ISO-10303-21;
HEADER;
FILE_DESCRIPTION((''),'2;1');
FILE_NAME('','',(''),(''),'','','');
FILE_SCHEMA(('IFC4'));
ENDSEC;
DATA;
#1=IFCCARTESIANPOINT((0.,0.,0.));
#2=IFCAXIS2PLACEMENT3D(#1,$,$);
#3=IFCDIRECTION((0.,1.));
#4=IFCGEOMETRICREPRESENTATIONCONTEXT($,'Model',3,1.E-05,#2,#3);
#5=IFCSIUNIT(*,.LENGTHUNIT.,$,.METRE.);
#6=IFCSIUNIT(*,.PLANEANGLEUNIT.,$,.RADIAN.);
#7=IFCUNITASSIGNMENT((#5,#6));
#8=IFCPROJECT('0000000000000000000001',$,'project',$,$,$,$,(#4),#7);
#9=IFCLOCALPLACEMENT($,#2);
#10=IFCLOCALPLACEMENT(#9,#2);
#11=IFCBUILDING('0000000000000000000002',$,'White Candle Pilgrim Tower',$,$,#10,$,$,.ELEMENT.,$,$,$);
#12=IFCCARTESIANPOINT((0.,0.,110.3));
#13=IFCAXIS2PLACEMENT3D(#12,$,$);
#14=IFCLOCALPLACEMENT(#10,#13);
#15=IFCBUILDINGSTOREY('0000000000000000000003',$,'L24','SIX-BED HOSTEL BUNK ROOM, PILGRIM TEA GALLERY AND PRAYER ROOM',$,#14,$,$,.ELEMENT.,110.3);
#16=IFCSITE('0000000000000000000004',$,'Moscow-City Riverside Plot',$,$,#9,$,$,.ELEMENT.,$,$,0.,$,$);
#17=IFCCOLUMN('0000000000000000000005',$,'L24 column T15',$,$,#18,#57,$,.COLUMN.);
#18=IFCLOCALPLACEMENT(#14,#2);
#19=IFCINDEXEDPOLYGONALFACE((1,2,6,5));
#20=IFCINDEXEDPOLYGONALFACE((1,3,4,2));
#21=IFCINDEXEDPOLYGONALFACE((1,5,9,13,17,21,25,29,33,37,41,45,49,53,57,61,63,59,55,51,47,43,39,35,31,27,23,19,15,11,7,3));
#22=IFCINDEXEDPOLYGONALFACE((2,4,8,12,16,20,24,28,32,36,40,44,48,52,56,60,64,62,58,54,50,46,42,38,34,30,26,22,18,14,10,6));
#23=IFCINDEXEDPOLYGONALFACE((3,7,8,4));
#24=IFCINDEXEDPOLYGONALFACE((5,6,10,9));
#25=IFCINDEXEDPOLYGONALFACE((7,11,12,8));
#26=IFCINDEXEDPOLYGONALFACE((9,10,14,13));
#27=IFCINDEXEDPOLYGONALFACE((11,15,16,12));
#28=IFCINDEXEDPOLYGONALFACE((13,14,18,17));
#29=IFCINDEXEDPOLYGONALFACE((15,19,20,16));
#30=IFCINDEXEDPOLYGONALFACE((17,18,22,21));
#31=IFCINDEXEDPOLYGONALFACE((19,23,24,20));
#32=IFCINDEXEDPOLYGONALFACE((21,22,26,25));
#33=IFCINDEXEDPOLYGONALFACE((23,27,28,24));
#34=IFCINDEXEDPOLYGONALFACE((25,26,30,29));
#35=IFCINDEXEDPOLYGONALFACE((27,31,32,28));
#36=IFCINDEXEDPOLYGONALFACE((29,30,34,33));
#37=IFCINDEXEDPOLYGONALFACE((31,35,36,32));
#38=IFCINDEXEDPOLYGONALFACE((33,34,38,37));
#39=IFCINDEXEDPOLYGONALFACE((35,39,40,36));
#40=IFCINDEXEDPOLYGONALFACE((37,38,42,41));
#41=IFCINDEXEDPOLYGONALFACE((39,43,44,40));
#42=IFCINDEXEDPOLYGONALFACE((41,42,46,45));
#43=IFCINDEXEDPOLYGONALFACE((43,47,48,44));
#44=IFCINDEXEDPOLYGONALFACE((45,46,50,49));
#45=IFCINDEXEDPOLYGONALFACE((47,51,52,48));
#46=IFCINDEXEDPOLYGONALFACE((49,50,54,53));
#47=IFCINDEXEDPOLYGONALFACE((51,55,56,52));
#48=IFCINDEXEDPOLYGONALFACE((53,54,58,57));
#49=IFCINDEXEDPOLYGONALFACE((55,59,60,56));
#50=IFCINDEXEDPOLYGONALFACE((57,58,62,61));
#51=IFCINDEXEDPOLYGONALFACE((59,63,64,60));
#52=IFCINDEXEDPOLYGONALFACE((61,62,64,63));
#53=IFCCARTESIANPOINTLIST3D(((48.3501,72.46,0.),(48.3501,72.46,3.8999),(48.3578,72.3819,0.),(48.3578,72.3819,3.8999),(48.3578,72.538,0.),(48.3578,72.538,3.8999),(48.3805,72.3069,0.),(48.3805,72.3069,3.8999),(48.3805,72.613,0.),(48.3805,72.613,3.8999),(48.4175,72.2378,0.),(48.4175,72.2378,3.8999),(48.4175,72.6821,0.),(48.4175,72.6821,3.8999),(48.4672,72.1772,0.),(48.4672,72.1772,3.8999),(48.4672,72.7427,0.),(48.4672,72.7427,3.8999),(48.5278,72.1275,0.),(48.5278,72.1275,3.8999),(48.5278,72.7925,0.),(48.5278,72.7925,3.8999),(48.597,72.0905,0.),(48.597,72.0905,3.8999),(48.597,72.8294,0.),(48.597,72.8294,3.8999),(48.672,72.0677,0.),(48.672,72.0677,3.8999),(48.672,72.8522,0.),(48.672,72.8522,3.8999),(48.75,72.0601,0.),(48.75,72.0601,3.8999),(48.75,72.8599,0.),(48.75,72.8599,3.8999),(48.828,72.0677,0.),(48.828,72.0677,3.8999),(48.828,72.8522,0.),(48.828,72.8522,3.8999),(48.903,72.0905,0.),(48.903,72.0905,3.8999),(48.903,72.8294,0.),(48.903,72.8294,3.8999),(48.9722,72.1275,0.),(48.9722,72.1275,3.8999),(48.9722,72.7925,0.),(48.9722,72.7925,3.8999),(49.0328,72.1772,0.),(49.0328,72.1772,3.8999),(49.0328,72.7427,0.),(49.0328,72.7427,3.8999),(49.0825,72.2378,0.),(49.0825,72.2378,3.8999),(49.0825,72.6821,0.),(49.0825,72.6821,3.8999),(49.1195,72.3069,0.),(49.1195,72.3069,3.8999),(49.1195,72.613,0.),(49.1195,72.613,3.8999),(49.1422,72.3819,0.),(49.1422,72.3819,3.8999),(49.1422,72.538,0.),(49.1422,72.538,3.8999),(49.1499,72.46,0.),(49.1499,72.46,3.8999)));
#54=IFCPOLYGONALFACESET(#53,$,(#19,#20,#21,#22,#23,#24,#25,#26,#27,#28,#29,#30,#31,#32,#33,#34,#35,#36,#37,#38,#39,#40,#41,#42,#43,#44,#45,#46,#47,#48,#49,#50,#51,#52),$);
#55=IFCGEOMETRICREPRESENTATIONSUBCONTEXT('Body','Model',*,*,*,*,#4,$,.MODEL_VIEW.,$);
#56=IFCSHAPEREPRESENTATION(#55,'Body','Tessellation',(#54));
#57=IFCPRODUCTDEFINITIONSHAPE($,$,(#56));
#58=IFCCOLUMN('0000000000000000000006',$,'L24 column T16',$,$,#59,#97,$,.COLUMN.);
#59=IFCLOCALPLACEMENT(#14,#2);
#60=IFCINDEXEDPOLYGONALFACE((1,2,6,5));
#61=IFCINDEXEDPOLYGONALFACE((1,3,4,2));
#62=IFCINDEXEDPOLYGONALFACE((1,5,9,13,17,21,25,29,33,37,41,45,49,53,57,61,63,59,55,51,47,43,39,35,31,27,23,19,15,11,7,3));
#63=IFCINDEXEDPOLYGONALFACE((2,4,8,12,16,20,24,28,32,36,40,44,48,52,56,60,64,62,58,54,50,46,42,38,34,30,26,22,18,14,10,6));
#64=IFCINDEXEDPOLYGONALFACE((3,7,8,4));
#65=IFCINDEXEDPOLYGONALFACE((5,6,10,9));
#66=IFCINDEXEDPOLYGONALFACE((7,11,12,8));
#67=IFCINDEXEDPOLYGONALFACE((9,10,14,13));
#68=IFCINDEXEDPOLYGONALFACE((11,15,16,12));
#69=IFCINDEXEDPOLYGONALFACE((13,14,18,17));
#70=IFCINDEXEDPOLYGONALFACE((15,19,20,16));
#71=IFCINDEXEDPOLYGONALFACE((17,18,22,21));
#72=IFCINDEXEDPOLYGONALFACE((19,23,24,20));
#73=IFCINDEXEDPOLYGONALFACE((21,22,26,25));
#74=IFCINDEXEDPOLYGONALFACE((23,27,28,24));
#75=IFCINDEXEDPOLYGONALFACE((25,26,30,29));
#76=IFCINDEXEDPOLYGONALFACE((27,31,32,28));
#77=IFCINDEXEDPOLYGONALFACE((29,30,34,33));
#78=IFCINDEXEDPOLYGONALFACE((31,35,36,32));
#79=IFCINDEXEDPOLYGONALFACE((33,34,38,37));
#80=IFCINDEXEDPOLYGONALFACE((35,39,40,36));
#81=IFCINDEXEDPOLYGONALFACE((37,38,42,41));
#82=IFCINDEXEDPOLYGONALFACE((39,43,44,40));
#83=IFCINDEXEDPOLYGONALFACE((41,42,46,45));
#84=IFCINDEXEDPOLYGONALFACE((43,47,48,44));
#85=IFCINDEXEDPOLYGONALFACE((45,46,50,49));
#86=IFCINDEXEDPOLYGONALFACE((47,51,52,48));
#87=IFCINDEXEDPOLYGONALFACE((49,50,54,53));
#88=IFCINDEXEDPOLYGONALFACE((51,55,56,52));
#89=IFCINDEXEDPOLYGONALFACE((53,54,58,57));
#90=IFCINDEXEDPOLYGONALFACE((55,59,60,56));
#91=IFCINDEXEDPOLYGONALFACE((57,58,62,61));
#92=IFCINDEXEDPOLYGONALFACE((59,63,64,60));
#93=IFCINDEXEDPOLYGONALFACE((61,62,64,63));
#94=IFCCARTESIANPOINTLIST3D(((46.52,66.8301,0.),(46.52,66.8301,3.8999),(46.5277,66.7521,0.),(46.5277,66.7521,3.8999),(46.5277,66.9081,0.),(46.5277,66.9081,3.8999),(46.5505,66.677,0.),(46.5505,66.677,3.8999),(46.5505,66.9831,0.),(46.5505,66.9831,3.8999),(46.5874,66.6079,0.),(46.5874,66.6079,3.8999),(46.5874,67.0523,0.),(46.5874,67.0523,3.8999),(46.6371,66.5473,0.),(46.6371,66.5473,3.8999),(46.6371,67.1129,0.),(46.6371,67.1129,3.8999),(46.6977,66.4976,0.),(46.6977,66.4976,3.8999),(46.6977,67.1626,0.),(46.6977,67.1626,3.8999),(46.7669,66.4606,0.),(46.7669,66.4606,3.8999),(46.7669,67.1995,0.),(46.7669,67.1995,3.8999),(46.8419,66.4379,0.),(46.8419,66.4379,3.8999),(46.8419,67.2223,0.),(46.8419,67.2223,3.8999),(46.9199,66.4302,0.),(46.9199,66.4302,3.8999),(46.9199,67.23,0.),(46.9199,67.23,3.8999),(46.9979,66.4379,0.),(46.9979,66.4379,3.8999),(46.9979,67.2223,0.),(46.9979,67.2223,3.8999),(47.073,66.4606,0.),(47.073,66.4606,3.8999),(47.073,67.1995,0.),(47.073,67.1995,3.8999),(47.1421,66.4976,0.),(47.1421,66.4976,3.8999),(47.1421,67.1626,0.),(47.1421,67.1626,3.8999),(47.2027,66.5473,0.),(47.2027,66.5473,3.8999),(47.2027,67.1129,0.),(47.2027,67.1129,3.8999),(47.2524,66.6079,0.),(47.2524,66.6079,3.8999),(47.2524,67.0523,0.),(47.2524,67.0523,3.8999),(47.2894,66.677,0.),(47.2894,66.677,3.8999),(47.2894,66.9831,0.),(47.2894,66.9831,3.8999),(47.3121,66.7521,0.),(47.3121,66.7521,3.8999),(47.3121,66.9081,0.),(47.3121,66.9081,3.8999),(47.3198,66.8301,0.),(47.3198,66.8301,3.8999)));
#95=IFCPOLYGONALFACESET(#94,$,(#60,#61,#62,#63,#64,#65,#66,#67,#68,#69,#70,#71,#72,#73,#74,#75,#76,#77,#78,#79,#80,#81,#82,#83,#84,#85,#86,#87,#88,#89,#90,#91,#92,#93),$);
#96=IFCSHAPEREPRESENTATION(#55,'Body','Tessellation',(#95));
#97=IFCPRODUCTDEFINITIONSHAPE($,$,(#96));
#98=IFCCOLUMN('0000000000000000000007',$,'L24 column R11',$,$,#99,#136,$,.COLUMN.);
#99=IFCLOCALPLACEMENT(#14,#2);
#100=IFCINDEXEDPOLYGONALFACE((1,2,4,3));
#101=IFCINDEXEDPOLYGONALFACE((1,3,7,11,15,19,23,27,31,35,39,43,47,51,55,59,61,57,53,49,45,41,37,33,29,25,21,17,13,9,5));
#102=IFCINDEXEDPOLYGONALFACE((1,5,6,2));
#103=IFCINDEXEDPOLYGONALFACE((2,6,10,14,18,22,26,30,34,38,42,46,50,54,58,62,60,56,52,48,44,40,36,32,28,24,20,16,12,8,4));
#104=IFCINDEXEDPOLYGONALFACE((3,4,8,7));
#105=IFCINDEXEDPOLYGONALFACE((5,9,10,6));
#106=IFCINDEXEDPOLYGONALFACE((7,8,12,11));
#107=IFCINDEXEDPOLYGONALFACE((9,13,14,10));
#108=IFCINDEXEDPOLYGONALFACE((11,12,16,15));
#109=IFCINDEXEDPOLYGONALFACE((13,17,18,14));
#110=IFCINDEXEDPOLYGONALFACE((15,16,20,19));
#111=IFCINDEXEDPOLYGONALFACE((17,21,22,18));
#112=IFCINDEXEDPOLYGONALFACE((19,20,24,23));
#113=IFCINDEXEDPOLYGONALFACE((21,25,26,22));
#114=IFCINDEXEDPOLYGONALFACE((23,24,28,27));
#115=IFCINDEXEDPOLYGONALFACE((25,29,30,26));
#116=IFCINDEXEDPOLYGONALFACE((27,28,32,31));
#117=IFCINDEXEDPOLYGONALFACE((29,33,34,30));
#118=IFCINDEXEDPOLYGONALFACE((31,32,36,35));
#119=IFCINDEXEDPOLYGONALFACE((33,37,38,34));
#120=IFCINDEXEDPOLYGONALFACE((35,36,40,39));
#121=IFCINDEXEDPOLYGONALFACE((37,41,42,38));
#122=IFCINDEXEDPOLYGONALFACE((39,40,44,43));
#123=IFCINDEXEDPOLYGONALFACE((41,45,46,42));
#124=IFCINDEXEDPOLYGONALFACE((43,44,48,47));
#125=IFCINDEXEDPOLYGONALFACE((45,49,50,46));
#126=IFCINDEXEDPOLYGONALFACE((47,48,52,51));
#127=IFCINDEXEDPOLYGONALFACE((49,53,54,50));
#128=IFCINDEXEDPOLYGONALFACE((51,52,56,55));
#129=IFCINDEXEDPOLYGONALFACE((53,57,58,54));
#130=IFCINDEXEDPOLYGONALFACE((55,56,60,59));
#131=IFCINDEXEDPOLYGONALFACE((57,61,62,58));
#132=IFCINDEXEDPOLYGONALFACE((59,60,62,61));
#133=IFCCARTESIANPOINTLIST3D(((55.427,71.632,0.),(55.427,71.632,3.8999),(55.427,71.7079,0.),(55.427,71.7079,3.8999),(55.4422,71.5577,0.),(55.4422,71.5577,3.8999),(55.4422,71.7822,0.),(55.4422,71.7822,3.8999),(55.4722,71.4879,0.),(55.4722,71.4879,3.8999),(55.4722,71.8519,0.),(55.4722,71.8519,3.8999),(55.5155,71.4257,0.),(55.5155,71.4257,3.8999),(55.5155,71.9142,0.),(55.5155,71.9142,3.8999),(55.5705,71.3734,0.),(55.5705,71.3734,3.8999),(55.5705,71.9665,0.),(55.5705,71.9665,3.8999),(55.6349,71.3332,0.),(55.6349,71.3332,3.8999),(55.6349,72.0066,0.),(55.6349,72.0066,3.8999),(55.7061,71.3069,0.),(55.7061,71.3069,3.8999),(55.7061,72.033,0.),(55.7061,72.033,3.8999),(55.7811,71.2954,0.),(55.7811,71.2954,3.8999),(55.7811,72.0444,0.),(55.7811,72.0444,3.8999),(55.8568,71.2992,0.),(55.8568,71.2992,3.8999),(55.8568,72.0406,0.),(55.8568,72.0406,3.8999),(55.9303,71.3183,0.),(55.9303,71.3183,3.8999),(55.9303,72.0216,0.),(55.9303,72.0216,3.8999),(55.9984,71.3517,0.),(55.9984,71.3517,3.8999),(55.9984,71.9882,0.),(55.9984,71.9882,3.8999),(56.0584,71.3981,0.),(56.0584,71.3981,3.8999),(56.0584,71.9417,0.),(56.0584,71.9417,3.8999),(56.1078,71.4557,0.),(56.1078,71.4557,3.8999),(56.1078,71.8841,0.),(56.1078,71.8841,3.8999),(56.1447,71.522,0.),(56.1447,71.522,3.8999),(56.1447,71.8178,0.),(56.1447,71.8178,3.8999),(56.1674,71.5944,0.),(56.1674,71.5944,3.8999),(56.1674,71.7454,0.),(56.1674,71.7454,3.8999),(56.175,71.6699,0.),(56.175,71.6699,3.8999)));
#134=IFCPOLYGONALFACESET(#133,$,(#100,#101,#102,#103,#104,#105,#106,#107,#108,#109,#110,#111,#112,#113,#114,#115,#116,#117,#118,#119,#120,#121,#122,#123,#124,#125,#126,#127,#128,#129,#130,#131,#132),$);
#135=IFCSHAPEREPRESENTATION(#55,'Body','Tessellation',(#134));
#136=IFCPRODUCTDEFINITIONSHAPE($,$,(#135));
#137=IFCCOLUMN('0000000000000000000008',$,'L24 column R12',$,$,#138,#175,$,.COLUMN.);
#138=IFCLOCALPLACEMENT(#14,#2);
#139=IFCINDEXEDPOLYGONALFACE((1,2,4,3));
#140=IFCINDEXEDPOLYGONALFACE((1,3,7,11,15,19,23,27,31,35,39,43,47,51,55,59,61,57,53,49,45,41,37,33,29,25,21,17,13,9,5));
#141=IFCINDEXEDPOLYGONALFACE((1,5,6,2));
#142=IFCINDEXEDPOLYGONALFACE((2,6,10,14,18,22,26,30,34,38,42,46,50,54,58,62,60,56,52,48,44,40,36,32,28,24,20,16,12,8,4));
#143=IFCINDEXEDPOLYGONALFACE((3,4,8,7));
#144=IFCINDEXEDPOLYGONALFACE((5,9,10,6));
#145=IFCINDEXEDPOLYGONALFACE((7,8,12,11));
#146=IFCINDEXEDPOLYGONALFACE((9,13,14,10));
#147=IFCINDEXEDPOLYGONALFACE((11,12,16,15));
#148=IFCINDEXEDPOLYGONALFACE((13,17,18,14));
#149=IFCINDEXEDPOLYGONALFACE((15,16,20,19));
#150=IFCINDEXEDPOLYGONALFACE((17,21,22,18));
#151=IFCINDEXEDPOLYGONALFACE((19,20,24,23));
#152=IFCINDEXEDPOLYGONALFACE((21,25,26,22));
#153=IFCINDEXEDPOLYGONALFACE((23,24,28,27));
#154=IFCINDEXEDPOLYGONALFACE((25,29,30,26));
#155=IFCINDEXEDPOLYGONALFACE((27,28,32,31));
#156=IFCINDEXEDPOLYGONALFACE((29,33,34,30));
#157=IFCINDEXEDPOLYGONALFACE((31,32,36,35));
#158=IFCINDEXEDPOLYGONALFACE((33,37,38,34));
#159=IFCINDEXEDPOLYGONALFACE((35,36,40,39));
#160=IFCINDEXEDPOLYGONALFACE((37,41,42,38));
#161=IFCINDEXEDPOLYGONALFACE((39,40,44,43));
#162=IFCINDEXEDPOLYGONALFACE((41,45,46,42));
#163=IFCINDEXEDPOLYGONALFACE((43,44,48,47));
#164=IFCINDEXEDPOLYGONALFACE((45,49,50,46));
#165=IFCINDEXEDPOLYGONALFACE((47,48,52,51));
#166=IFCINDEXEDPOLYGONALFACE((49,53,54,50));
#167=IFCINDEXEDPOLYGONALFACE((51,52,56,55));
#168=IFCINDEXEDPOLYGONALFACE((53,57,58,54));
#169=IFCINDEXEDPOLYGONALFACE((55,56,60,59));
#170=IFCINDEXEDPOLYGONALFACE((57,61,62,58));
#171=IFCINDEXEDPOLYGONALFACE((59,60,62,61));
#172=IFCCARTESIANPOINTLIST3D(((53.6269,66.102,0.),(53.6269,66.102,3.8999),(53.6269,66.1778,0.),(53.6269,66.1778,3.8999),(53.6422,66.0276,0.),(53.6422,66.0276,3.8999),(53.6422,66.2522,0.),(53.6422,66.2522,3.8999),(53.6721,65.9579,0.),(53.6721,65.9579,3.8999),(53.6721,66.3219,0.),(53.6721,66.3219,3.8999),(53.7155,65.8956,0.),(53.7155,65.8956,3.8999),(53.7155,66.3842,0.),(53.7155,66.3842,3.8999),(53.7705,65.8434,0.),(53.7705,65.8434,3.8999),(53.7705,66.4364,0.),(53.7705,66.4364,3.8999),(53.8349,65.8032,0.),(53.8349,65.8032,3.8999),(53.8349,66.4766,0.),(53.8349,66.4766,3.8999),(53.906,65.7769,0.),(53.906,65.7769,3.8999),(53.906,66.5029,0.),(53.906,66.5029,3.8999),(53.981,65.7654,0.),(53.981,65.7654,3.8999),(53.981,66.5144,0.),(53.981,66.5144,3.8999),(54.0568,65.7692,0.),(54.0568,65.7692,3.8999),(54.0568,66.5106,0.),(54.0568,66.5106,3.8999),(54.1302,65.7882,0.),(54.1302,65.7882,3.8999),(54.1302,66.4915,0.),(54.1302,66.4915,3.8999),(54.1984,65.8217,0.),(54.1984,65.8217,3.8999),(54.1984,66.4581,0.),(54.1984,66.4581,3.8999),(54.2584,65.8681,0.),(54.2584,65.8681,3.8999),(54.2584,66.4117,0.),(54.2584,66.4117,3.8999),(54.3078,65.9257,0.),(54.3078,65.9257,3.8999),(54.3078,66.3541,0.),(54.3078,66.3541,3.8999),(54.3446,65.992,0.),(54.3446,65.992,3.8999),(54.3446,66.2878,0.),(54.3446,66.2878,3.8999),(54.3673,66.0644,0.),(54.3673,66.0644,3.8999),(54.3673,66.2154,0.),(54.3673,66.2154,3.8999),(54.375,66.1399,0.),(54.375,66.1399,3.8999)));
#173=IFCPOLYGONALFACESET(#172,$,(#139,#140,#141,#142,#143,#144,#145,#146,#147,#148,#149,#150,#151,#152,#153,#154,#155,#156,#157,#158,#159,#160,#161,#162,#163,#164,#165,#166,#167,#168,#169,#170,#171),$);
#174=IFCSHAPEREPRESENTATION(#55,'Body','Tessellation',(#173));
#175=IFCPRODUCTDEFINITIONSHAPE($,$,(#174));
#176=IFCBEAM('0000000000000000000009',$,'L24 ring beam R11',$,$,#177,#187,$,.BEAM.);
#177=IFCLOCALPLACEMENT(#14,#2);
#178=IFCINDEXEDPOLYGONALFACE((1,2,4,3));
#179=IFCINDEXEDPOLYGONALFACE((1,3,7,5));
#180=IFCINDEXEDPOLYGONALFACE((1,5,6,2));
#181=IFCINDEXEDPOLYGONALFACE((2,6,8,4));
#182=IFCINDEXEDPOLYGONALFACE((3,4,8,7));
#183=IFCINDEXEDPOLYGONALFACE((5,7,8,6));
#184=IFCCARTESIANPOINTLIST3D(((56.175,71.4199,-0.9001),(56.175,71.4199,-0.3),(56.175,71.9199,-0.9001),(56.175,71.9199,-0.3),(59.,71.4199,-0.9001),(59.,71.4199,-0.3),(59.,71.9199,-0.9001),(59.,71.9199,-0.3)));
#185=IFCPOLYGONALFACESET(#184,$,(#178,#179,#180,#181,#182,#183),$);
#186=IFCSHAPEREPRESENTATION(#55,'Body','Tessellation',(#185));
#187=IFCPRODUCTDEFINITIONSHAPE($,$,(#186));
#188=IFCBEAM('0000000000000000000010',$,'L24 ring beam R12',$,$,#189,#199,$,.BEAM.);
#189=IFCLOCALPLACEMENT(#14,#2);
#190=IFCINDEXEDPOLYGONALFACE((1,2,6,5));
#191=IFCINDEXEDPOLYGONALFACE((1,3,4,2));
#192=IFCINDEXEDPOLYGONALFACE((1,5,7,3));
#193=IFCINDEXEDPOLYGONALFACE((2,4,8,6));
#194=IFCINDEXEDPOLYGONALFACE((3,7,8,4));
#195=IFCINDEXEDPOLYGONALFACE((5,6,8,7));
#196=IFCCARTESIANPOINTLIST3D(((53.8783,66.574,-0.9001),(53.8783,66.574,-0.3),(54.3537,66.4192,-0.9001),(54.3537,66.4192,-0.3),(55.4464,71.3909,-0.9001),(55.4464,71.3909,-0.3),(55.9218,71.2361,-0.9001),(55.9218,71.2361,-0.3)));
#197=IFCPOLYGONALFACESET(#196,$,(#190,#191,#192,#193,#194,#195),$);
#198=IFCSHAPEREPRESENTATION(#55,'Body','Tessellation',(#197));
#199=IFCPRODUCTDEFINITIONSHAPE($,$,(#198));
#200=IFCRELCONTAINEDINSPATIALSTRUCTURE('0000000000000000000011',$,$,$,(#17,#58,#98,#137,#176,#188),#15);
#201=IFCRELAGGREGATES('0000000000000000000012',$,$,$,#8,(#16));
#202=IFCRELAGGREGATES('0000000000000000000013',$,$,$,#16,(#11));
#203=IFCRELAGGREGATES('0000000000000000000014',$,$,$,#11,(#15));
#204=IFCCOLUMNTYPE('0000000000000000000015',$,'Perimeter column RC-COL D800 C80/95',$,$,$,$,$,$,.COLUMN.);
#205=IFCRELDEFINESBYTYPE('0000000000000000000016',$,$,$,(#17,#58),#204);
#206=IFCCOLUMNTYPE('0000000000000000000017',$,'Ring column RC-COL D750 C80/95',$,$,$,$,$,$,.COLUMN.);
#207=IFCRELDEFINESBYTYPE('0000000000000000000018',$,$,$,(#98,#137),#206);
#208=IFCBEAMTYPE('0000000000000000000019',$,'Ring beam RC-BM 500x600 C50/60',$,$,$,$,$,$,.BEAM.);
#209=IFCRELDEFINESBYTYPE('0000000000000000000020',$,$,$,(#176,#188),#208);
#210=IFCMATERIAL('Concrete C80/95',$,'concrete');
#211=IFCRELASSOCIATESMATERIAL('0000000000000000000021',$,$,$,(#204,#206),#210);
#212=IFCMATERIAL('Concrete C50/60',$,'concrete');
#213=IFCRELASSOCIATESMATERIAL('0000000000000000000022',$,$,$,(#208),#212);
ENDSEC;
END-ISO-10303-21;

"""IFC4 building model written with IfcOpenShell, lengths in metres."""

from ifc_helpers import new_model, si_unit, direction, frame, origin, origin_2d, place, context, subcontext, project, spatial, rectangle, circle, extrude, material, material_profile, profile_set, type_object, element, save


model = new_model("IFC4")

# Units and contexts
model_context = context("Model", 3, precision=1e-05, world=origin(), true_north=direction((0.0, 1.0)))
body_context = subcontext(model_context, "Body", "Model", "MODEL_VIEW")
ifc_project = project(units=[si_unit("LENGTHUNIT", "METRE"), si_unit("PLANEANGLEUNIT", "RADIAN")], contexts=[model_context])

# Site, building, storey
site_placement = place(None, origin())
site = spatial("IfcSite", under=ifc_project, at=site_placement, Name="Moscow-City Riverside Plot", CompositionType="ELEMENT", RefElevation=0.0)
building_placement = place(site_placement, origin())
building = spatial("IfcBuilding", under=site, at=building_placement, Name="White Candle Pilgrim Tower", CompositionType="ELEMENT")
storey_placement = place(building_placement, frame((0.0, 0.0, 110.3)))
storey = spatial("IfcBuildingStorey", under=building, at=storey_placement, Name="L24", Description="SIX-BED HOSTEL BUNK ROOM, PILGRIM TEA GALLERY AND PRAYER ROOM", CompositionType="ELEMENT", Elevation=110.3)

# Columns
ifc_material_1 = material(Name="Concrete C80/95", Category="concrete")
ifc_material_profile_1 = material_profile(ifc_material_1, circle(Radius=0.3999, at=origin_2d()), Name="RC-COL D800")
ifc_profile_set_1 = profile_set([ifc_material_profile_1], Name="Concrete C80/95")
column_type_1 = type_object("IfcColumnType", Name="Perimeter column RC-COL D800 C80/95", PredefinedType="COLUMN", material=ifc_profile_set_1)
for number, where, z_axis, x_axis, name in (
    (1, (48.75, 72.46, 0.0), (0.0, 0.0, 1.0), (1.0, 0.0, 0.0), "L24 column T15"),
    (2, (46.9199, 66.8301, 0.0), (0.0, 0.0, 1.0), (1.0, 0.0, 0.0), "L24 column T16"),
):
    element("IfcColumn", number, at=place(storey_placement, frame(where, z_axis=z_axis, x_axis=x_axis)), inside=storey, type_object=column_type_1, Name=name, PredefinedType="COLUMN", context=body_context, shape_type="SweptSolid", body=[
        extrude(circle(Radius=0.3999, at=origin_2d()), origin(), (0.0, 0.0, 1.0), 3.8999),
    ])
ifc_material_profile_2 = material_profile(ifc_material_1, circle(Radius=0.375, at=origin_2d()), Name="RC-COL D750")
ifc_profile_set_2 = profile_set([ifc_material_profile_2], Name="Concrete C80/95")
column_type_2 = type_object("IfcColumnType", Name="Ring column RC-COL D750 C80/95", PredefinedType="COLUMN", material=ifc_profile_set_2)
for number, where, z_axis, x_axis, name in (
    (3, (55.8, 71.6699, 0.0), (0.0, 0.0, 1.0), (1.0, 0.0, 0.0), "L24 column R11"),
    (4, (54.0, 66.1399, 0.0), (0.0, 0.0, 1.0), (1.0, 0.0, 0.0), "L24 column R12"),
):
    element("IfcColumn", number, at=place(storey_placement, frame(where, z_axis=z_axis, x_axis=x_axis)), inside=storey, type_object=column_type_2, Name=name, PredefinedType="COLUMN", context=body_context, shape_type="SweptSolid", body=[
        extrude(circle(Radius=0.375, at=origin_2d()), origin(), (0.0, 0.0, 1.0), 3.8999),
    ])

# Beams
ifc_material_2 = material(Name="Concrete C50/60", Category="concrete")
ifc_material_profile_3 = material_profile(ifc_material_2, rectangle(XDim=0.5, YDim=0.6001, at=origin_2d()), Name="RC-BM 500x600")
ifc_profile_set_3 = profile_set([ifc_material_profile_3], Name="Concrete C50/60")
beam_type_1 = type_object("IfcBeamType", Name="Ring beam RC-BM 500x600 C50/60", PredefinedType="BEAM", material=ifc_profile_set_3)
beam_1_placement = place(storey_placement, frame((56.175, 71.6699, -0.6001), z_axis=(1.0, 0.0, 0.0), x_axis=(0.0, 1.0, 0.0)))
element("IfcBeam", 5, at=beam_1_placement, inside=storey, type_object=beam_type_1, Name="L24 ring beam R11", PredefinedType="BEAM", context=body_context, shape_type="SweptSolid", body=[
    extrude(rectangle(XDim=0.5, YDim=0.6001, at=origin_2d()), origin(), (0.0, 0.0, 1.0), 2.825),
])
beam_2_placement = place(storey_placement, frame((55.6841, 71.3135, -0.6001), z_axis=(-0.309555, -0.950882, 0.0), x_axis=(0.950882, -0.309555, 0.0)))
element("IfcBeam", 6, at=beam_2_placement, inside=storey, type_object=beam_type_1, Name="L24 ring beam R12", PredefinedType="BEAM", context=body_context, shape_type="SweptSolid", body=[
    extrude(rectangle(XDim=0.5, YDim=0.6001, at=origin_2d()), origin(), (0.0, 0.0, 1.0), 5.0657),
])

save(model, "model.ifc")
